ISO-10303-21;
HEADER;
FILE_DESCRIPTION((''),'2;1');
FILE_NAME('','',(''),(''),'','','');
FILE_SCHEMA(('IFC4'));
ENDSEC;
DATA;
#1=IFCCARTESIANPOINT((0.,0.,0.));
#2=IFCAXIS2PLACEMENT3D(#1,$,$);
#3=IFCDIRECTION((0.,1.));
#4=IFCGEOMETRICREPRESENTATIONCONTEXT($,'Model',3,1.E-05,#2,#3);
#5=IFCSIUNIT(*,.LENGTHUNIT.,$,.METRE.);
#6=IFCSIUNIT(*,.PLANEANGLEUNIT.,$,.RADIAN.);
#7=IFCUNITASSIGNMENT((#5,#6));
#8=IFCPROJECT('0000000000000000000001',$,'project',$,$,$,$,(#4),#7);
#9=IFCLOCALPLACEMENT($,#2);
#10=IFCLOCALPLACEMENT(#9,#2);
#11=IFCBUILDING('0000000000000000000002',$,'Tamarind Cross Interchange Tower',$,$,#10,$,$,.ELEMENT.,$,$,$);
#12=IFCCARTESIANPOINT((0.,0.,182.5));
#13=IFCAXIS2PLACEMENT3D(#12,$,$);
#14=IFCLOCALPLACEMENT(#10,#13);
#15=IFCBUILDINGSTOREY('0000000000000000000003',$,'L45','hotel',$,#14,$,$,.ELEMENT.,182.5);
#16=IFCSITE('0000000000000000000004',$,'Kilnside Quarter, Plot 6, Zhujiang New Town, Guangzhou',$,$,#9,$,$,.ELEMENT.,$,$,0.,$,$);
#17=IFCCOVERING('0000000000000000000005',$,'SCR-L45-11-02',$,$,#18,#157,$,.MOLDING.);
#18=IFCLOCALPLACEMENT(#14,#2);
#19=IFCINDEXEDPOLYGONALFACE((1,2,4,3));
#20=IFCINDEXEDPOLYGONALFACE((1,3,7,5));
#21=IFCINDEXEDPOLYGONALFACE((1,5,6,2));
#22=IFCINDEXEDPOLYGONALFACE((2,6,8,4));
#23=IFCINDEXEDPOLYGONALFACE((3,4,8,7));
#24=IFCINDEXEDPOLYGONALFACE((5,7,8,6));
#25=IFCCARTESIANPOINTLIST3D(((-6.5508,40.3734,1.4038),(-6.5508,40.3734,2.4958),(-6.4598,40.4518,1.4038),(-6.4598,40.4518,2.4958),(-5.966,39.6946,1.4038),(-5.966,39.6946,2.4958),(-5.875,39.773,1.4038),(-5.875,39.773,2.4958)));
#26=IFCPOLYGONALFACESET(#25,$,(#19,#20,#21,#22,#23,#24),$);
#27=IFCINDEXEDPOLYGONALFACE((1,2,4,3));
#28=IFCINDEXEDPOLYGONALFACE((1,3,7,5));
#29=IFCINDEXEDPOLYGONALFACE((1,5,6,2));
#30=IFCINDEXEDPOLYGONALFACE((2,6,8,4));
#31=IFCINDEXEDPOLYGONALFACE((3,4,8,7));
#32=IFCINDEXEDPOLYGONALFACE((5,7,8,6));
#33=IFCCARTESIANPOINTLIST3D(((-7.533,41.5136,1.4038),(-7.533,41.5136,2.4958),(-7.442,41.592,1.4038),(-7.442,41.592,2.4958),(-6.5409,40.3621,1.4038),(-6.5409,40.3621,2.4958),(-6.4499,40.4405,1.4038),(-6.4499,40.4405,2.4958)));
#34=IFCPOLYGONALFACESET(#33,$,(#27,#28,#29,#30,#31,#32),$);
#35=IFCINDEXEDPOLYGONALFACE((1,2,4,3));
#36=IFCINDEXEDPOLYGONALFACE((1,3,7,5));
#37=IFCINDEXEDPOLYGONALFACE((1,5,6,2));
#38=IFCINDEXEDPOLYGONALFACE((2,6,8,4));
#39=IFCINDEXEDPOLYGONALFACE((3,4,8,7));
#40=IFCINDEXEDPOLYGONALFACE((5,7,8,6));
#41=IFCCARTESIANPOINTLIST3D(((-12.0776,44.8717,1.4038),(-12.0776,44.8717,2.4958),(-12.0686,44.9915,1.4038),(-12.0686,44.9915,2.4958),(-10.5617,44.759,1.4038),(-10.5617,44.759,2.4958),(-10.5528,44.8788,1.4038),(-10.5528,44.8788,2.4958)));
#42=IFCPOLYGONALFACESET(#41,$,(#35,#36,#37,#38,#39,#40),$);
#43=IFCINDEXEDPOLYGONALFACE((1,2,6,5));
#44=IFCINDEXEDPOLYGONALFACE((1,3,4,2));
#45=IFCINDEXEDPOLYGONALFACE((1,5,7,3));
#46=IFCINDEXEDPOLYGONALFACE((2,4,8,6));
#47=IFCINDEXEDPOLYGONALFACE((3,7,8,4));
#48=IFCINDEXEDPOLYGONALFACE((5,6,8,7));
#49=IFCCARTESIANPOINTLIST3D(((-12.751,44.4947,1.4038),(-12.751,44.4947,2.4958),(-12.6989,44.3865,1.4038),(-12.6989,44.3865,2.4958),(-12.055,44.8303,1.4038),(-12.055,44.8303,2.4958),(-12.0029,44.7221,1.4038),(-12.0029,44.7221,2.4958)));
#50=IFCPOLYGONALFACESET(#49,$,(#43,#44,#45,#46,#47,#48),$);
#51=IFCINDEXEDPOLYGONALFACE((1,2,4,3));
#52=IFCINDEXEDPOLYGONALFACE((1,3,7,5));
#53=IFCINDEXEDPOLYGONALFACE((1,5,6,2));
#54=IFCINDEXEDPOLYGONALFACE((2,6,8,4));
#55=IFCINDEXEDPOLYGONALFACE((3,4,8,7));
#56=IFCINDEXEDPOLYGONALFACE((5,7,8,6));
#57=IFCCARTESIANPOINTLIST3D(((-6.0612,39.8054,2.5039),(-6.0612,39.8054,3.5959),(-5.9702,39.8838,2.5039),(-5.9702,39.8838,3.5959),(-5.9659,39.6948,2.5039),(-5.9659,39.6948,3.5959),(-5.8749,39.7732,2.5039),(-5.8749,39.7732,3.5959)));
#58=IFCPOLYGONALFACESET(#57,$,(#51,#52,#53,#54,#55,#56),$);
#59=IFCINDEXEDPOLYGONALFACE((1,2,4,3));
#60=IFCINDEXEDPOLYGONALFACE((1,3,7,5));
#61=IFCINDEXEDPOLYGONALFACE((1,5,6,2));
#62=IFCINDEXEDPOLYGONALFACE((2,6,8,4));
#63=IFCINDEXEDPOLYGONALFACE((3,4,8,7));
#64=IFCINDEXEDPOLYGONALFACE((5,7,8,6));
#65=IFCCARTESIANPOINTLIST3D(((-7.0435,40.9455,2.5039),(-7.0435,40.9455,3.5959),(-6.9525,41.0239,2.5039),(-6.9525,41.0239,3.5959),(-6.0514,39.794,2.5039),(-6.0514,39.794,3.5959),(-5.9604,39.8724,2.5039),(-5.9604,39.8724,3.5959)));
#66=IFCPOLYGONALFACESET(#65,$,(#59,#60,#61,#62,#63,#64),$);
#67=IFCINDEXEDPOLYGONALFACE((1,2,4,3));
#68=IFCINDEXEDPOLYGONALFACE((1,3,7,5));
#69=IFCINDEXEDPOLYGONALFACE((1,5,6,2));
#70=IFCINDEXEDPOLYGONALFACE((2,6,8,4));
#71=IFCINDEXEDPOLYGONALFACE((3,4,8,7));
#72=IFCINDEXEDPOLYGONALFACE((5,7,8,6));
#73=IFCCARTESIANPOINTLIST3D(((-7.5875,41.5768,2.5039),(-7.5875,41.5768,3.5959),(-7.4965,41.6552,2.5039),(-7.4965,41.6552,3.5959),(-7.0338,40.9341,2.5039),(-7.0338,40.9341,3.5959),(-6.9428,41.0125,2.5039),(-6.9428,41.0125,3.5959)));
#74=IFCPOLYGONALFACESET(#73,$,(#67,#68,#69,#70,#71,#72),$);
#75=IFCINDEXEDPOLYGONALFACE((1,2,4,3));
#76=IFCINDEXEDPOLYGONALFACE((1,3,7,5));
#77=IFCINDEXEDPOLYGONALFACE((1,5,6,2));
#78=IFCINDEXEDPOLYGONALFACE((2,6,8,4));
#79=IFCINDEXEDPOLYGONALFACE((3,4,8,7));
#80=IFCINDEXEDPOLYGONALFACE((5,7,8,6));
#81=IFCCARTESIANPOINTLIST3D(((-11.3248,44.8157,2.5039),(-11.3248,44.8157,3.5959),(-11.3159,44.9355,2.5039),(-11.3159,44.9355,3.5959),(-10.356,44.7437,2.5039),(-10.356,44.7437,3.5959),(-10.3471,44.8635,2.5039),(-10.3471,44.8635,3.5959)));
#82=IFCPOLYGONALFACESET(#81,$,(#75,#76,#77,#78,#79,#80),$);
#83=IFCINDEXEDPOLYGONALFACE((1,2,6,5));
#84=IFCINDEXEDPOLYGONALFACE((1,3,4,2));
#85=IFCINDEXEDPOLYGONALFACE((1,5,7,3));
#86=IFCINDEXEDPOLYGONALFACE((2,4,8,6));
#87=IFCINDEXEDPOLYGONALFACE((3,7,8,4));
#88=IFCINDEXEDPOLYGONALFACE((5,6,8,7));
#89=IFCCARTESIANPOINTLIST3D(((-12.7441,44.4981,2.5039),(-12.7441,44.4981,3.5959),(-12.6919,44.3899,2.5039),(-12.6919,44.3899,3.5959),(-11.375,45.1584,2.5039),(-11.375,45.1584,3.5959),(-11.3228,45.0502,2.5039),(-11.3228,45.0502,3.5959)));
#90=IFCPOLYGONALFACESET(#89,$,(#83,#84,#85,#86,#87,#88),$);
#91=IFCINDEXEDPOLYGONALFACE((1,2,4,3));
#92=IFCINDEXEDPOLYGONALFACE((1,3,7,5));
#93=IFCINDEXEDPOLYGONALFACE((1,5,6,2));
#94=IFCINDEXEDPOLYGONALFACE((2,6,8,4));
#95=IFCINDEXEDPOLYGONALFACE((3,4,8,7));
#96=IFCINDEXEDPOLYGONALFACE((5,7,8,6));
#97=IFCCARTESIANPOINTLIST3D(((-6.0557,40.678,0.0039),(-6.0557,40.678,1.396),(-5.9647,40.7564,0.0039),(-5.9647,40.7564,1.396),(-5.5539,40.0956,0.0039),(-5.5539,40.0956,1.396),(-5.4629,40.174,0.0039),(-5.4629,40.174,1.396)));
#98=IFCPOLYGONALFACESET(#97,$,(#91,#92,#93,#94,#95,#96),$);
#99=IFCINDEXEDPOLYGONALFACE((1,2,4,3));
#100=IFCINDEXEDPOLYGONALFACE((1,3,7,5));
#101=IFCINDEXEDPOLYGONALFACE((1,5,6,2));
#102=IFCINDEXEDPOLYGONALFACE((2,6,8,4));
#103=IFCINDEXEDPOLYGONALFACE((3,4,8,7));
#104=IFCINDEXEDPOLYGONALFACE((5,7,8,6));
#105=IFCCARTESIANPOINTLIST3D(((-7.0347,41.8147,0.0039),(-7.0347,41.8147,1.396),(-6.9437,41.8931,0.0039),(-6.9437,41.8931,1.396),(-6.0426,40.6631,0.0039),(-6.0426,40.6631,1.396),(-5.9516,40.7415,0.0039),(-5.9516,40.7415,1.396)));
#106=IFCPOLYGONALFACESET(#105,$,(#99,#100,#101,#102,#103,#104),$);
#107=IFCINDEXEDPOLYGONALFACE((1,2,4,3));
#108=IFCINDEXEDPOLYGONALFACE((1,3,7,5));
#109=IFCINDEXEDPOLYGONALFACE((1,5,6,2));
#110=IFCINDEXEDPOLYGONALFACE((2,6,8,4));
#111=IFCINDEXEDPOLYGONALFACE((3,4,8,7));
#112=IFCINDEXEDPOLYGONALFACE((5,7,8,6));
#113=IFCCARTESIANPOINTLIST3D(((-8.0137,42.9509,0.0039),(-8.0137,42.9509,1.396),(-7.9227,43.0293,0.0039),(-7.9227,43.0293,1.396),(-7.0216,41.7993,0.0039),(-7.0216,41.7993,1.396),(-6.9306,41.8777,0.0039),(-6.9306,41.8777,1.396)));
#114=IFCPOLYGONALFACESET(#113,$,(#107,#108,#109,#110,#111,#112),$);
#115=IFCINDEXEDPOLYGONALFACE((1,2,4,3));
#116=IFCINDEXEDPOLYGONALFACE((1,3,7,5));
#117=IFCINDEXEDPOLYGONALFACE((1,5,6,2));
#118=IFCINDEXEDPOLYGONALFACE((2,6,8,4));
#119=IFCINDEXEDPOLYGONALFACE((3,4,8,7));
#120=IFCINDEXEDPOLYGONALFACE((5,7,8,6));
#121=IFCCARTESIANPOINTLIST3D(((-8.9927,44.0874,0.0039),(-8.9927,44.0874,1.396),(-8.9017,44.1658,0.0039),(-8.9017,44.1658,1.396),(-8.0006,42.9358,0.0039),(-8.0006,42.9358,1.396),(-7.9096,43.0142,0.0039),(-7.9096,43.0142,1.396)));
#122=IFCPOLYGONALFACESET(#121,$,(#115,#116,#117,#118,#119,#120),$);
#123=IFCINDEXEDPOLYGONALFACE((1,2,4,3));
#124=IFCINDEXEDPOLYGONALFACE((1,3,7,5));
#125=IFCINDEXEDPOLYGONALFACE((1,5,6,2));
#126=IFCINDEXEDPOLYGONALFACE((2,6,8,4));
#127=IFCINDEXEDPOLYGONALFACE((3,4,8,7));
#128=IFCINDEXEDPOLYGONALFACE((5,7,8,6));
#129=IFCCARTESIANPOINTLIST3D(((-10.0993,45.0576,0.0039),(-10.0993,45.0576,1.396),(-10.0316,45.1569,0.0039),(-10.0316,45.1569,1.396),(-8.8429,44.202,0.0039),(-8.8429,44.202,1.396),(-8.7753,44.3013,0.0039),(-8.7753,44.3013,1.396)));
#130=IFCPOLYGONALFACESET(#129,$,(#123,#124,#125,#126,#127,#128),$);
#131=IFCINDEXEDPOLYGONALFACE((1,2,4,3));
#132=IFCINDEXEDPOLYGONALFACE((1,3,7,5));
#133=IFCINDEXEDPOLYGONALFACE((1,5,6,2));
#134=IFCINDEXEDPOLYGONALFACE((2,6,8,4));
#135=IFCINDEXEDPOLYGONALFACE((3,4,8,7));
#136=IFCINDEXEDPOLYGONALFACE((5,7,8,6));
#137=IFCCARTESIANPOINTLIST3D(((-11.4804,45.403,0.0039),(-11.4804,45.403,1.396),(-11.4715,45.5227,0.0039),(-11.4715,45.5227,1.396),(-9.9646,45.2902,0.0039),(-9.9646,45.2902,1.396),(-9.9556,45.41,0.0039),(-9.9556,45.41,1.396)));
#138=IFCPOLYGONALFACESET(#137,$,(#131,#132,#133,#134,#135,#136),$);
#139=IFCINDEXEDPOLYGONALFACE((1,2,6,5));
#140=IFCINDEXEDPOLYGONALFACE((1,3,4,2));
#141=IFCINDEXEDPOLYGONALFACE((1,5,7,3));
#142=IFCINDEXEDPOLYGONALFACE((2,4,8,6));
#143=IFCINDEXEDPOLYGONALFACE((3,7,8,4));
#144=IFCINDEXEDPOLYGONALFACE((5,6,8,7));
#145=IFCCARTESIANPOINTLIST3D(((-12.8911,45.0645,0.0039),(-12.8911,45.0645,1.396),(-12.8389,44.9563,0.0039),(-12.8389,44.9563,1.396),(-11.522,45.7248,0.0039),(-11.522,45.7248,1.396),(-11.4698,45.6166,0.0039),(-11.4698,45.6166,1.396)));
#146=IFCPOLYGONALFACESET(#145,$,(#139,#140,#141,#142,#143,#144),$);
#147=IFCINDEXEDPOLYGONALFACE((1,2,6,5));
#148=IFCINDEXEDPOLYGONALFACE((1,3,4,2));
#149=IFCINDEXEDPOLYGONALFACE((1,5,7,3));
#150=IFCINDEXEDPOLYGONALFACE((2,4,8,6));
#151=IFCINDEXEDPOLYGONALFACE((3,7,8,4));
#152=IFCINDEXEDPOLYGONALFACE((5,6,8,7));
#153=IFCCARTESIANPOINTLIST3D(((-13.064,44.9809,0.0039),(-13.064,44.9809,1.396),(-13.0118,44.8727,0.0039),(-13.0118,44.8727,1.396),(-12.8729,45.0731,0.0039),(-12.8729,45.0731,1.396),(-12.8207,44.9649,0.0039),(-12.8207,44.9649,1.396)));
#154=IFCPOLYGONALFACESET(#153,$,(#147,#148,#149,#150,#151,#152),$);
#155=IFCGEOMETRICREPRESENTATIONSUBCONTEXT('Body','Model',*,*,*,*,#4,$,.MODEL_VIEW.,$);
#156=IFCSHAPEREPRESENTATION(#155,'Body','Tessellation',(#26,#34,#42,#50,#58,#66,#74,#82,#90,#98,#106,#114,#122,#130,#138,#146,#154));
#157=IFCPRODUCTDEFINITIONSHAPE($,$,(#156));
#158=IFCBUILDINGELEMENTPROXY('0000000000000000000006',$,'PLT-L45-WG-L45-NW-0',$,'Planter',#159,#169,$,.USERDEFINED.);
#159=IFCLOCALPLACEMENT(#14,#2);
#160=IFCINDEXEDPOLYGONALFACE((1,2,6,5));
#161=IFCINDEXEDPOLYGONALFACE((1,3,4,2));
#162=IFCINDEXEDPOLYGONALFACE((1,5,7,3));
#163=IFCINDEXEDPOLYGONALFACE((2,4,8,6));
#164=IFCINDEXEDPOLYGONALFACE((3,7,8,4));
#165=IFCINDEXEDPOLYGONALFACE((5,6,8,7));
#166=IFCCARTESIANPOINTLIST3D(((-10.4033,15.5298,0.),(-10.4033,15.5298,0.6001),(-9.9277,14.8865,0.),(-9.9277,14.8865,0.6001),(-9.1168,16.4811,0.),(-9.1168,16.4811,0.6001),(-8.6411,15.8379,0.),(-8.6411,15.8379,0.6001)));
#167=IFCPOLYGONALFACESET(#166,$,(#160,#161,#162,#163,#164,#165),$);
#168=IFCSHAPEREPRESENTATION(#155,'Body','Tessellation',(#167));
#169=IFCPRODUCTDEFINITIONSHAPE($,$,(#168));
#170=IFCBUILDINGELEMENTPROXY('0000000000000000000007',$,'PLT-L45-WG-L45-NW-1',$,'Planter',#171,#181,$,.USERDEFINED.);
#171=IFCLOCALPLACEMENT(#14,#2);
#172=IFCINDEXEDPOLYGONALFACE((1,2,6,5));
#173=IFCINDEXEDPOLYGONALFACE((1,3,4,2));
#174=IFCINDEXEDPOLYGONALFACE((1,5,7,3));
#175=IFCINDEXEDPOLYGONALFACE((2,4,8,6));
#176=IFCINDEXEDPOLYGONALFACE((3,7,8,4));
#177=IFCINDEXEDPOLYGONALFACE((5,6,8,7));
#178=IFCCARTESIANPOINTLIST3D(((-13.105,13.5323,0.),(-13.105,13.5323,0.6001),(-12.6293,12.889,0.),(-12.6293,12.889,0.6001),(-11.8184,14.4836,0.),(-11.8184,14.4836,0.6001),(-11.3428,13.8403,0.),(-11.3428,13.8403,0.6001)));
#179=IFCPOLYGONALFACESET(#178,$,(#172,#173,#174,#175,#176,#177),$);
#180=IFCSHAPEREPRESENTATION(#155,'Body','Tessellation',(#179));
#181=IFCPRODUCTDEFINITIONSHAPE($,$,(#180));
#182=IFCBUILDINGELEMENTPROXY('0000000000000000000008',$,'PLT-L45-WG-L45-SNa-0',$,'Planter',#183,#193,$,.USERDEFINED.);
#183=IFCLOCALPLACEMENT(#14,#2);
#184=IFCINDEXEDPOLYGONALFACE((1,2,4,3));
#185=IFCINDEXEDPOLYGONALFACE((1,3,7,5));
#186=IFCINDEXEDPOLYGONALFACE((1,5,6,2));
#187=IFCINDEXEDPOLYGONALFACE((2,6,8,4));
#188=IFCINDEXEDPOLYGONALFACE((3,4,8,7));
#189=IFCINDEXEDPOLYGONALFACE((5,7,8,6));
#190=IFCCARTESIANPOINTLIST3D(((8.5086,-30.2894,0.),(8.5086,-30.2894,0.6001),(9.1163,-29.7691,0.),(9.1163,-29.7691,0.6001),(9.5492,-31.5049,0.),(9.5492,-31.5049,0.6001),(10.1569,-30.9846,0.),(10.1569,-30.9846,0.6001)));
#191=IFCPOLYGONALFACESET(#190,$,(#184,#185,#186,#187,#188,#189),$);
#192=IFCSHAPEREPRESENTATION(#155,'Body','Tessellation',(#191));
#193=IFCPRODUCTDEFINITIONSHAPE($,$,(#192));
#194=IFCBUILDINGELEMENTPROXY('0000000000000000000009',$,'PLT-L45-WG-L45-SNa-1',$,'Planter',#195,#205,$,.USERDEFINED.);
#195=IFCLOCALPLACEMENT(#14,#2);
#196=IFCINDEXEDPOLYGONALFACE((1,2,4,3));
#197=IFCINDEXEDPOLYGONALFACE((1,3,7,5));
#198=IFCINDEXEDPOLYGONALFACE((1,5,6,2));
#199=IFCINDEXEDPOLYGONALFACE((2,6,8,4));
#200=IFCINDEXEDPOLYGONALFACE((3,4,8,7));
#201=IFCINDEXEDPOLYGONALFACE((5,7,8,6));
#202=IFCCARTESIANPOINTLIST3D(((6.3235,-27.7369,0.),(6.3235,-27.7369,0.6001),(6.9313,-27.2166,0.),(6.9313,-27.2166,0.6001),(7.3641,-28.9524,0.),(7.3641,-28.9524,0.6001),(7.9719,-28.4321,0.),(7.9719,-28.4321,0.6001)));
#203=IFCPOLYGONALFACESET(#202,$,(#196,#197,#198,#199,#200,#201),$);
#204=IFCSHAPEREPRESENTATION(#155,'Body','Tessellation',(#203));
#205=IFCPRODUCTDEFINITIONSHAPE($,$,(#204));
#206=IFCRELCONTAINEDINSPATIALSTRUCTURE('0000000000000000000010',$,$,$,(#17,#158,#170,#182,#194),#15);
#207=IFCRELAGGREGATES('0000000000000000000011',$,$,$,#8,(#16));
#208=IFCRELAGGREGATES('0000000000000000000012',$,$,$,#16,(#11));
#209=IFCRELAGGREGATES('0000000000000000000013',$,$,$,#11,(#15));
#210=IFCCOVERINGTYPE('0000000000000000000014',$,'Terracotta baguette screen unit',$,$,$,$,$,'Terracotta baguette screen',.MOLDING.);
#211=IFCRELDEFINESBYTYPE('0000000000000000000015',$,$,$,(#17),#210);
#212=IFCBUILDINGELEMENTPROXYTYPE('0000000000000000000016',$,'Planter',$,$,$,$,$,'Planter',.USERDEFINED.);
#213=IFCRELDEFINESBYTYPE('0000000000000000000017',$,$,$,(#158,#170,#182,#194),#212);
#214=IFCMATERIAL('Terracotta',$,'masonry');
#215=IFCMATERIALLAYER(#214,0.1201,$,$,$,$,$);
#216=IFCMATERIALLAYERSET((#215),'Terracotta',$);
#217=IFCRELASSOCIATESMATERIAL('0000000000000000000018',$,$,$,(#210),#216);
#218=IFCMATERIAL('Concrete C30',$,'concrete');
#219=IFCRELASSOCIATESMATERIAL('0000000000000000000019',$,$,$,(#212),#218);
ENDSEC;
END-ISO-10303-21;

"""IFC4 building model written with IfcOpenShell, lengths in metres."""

from ifc_helpers import new_model, si_unit, direction, frame, origin, origin_2d, place, context, subcontext, project, spatial, rectangle, extrude, material, layer, layer_set, type_object, element, save


model = new_model("IFC4")

# Units and contexts
model_context = context("Model", 3, precision=1e-05, world=origin(), true_north=direction((0.0, 1.0)))
body_context = subcontext(model_context, "Body", "Model", "MODEL_VIEW")
ifc_project = project(units=[si_unit("LENGTHUNIT", "METRE"), si_unit("PLANEANGLEUNIT", "RADIAN")], contexts=[model_context])

# Site, building, storey
site_placement = place(None, origin())
site = spatial("IfcSite", under=ifc_project, at=site_placement, Name="Kilnside Quarter, Plot 6, Zhujiang New Town, Guangzhou", CompositionType="ELEMENT", RefElevation=0.0)
building_placement = place(site_placement, origin())
building = spatial("IfcBuilding", under=site, at=building_placement, Name="Tamarind Cross Interchange Tower", CompositionType="ELEMENT")
storey_placement = place(building_placement, frame((0.0, 0.0, 182.5)))
storey = spatial("IfcBuildingStorey", under=building, at=storey_placement, Name="L45", Description="hotel", CompositionType="ELEMENT", Elevation=182.5)

# Covering
ifc_material_1 = material(Name="Terracotta", Category="masonry")
ifc_layer_1 = layer(ifc_material_1, 0.1201)
ifc_layer_set_1 = layer_set([ifc_layer_1], Name="Terracotta")
covering_type = type_object("IfcCoveringType", Name="Terracotta baguette screen unit", ElementType="Terracotta baguette screen", PredefinedType="MOLDING", material=ifc_layer_set_1)
covering_1_placement = place(storey_placement, origin())
element("IfcCovering", 1, at=covering_1_placement, inside=storey, type_object=covering_type, Name="SCR-L45-11-02", PredefinedType="MOLDING", context=body_context, shape_type="SweptSolid", body=[
    extrude(rectangle(XDim=0.896, YDim=0.1201, at=origin_2d()), frame((-6.2129, 40.0732, 1.4038), z_axis=(0.0, 0.0, 1.0), x_axis=(-0.652723, 0.757597, 0.0)), (0.0, 0.0, 1.0), 1.092),
    extrude(rectangle(XDim=1.52, YDim=0.1201, at=origin_2d()), frame((-6.9915, 40.9771, 1.4038), z_axis=(0.0, 0.0, 1.0), x_axis=(-0.652723, 0.757597, 0.0)), (0.0, 0.0, 1.0), 1.092),
    extrude(rectangle(XDim=1.52, YDim=0.1201, at=origin_2d()), frame((-11.3152, 44.8752, 1.4038), z_axis=(0.0, 0.0, 1.0), x_axis=(-0.997247, 0.074157, 0.0)), (0.0, 0.0, 1.0), 1.092),
    extrude(rectangle(XDim=0.7727, YDim=0.1201, at=origin_2d()), frame((-12.377, 44.6084, 1.4038), z_axis=(0.0, 0.0, 1.0), x_axis=(-0.900719, -0.434401, 0.0)), (0.0, 0.0, 1.0), 1.092),
    extrude(rectangle(XDim=0.146, YDim=0.1201, at=origin_2d()), frame((-5.968, 39.7893, 2.5039), z_axis=(0.0, 0.0, 1.0), x_axis=(-0.652723, 0.757597, 0.0)), (0.0, 0.0, 1.0), 1.092),
    extrude(rectangle(XDim=1.52, YDim=0.1201, at=origin_2d()), frame((-6.502, 40.4089, 2.5039), z_axis=(0.0, 0.0, 1.0), x_axis=(-0.652723, 0.757597, 0.0)), (0.0, 0.0, 1.0), 1.092),
    extrude(rectangle(XDim=0.8484, YDim=0.1201, at=origin_2d()), frame((-7.2651, 41.2947, 2.5039), z_axis=(0.0, 0.0, 1.0), x_axis=(-0.652723, 0.757597, 0.0)), (0.0, 0.0, 1.0), 1.092),
    extrude(rectangle(XDim=0.9714, YDim=0.1201, at=origin_2d()), frame((-10.8359, 44.8396, 2.5039), z_axis=(0.0, 0.0, 1.0), x_axis=(-0.997247, 0.074157, 0.0)), (0.0, 0.0, 1.0), 1.092),
    extrude(rectangle(XDim=1.52, YDim=0.1201, at=origin_2d()), frame((-12.0334, 44.7742, 2.5039), z_axis=(0.0, 0.0, 1.0), x_axis=(-0.900719, -0.434401, 0.0)), (0.0, 0.0, 1.0), 1.092),
    extrude(rectangle(XDim=0.7688, YDim=0.1201, at=origin_2d()), frame((-5.7593, 40.426, 0.0039), z_axis=(0.0, 0.0, 1.0), x_axis=(-0.652723, 0.757597, 0.0)), (0.0, 0.0, 1.0), 1.3921),
    extrude(rectangle(XDim=1.52, YDim=0.1201, at=origin_2d()), frame((-6.4932, 41.2781, 0.0039), z_axis=(0.0, 0.0, 1.0), x_axis=(-0.652723, 0.757597, 0.0)), (0.0, 0.0, 1.0), 1.3921),
    extrude(rectangle(XDim=1.52, YDim=0.1201, at=origin_2d()), frame((-7.4722, 42.4143, 0.0039), z_axis=(0.0, 0.0, 1.0), x_axis=(-0.652723, 0.757597, 0.0)), (0.0, 0.0, 1.0), 1.3921),
    extrude(rectangle(XDim=1.52, YDim=0.1201, at=origin_2d()), frame((-8.4512, 43.5508, 0.0039), z_axis=(0.0, 0.0, 1.0), x_axis=(-0.652723, 0.757597, 0.0)), (0.0, 0.0, 1.0), 1.3921),
    extrude(rectangle(XDim=1.52, YDim=0.1201, at=origin_2d()), frame((-9.4373, 44.6794, 0.0039), z_axis=(0.0, 0.0, 1.0), x_axis=(-0.826562, 0.562845, 0.0)), (0.0, 0.0, 1.0), 1.3921),
    extrude(rectangle(XDim=1.52, YDim=0.1201, at=origin_2d()), frame((-10.718, 45.4065, 0.0039), z_axis=(0.0, 0.0, 1.0), x_axis=(-0.997247, 0.074157, 0.0)), (0.0, 0.0, 1.0), 1.3921),
    extrude(rectangle(XDim=1.52, YDim=0.1201, at=origin_2d()), frame((-12.1804, 45.3406, 0.0039), z_axis=(0.0, 0.0, 1.0), x_axis=(-0.900719, -0.434401, 0.0)), (0.0, 0.0, 1.0), 1.3921),
    extrude(rectangle(XDim=0.2122, YDim=0.1201, at=origin_2d()), frame((-12.9424, 44.9729, 0.0039), z_axis=(0.0, 0.0, 1.0), x_axis=(-0.900719, -0.434401, 0.0)), (0.0, 0.0, 1.0), 1.3921),
])

# Building element proxies
ifc_material_2 = material(Name="Concrete C30", Category="concrete")
building_element_proxy_type = type_object("IfcBuildingElementProxyType", Name="Planter", ElementType="Planter", PredefinedType="USERDEFINED", material=ifc_material_2)
proxy_1_placement = place(storey_placement, origin())
element("IfcBuildingElementProxy", 2, at=proxy_1_placement, inside=storey, type_object=building_element_proxy_type, Name="PLT-L45-WG-L45-NW-0", ObjectType="Planter", PredefinedType="USERDEFINED", context=body_context, shape_type="SweptSolid", body=[
    extrude(rectangle(XDim=1.6001, YDim=0.8, at=origin_2d()), frame((-9.5222, 15.6838, 0.0), z_axis=(0.0, 0.0, 1.0), x_axis=(-0.804064, -0.594542, 0.0)), (0.0, 0.0, 1.0), 0.6001),
])
proxy_2_placement = place(storey_placement, origin())
element("IfcBuildingElementProxy", 3, at=proxy_2_placement, inside=storey, type_object=building_element_proxy_type, Name="PLT-L45-WG-L45-NW-1", ObjectType="Planter", PredefinedType="USERDEFINED", context=body_context, shape_type="SweptSolid", body=[
    extrude(rectangle(XDim=1.6001, YDim=0.8, at=origin_2d()), frame((-12.2239, 13.6863, 0.0), z_axis=(0.0, 0.0, 1.0), x_axis=(-0.804064, -0.594542, 0.0)), (0.0, 0.0, 1.0), 0.6001),
])
proxy_3_placement = place(storey_placement, origin())
element("IfcBuildingElementProxy", 4, at=proxy_3_placement, inside=storey, type_object=building_element_proxy_type, Name="PLT-L45-WG-L45-SNa-0", ObjectType="Planter", PredefinedType="USERDEFINED", context=body_context, shape_type="SweptSolid", body=[
    extrude(rectangle(XDim=1.6001, YDim=0.8, at=origin_2d()), frame((9.3328, -30.637, 0.0), z_axis=(0.0, 0.0, 1.0), x_axis=(-0.65035, 0.759635, 0.0)), (0.0, 0.0, 1.0), 0.6001),
])
proxy_4_placement = place(storey_placement, origin())
element("IfcBuildingElementProxy", 5, at=proxy_4_placement, inside=storey, type_object=building_element_proxy_type, Name="PLT-L45-WG-L45-SNa-1", ObjectType="Planter", PredefinedType="USERDEFINED", context=body_context, shape_type="SweptSolid", body=[
    extrude(rectangle(XDim=1.6001, YDim=0.8, at=origin_2d()), frame((7.1477, -28.0845, 0.0), z_axis=(0.0, 0.0, 1.0), x_axis=(-0.65035, 0.759635, 0.0)), (0.0, 0.0, 1.0), 0.6001),
])

save(model, "model.ifc")
